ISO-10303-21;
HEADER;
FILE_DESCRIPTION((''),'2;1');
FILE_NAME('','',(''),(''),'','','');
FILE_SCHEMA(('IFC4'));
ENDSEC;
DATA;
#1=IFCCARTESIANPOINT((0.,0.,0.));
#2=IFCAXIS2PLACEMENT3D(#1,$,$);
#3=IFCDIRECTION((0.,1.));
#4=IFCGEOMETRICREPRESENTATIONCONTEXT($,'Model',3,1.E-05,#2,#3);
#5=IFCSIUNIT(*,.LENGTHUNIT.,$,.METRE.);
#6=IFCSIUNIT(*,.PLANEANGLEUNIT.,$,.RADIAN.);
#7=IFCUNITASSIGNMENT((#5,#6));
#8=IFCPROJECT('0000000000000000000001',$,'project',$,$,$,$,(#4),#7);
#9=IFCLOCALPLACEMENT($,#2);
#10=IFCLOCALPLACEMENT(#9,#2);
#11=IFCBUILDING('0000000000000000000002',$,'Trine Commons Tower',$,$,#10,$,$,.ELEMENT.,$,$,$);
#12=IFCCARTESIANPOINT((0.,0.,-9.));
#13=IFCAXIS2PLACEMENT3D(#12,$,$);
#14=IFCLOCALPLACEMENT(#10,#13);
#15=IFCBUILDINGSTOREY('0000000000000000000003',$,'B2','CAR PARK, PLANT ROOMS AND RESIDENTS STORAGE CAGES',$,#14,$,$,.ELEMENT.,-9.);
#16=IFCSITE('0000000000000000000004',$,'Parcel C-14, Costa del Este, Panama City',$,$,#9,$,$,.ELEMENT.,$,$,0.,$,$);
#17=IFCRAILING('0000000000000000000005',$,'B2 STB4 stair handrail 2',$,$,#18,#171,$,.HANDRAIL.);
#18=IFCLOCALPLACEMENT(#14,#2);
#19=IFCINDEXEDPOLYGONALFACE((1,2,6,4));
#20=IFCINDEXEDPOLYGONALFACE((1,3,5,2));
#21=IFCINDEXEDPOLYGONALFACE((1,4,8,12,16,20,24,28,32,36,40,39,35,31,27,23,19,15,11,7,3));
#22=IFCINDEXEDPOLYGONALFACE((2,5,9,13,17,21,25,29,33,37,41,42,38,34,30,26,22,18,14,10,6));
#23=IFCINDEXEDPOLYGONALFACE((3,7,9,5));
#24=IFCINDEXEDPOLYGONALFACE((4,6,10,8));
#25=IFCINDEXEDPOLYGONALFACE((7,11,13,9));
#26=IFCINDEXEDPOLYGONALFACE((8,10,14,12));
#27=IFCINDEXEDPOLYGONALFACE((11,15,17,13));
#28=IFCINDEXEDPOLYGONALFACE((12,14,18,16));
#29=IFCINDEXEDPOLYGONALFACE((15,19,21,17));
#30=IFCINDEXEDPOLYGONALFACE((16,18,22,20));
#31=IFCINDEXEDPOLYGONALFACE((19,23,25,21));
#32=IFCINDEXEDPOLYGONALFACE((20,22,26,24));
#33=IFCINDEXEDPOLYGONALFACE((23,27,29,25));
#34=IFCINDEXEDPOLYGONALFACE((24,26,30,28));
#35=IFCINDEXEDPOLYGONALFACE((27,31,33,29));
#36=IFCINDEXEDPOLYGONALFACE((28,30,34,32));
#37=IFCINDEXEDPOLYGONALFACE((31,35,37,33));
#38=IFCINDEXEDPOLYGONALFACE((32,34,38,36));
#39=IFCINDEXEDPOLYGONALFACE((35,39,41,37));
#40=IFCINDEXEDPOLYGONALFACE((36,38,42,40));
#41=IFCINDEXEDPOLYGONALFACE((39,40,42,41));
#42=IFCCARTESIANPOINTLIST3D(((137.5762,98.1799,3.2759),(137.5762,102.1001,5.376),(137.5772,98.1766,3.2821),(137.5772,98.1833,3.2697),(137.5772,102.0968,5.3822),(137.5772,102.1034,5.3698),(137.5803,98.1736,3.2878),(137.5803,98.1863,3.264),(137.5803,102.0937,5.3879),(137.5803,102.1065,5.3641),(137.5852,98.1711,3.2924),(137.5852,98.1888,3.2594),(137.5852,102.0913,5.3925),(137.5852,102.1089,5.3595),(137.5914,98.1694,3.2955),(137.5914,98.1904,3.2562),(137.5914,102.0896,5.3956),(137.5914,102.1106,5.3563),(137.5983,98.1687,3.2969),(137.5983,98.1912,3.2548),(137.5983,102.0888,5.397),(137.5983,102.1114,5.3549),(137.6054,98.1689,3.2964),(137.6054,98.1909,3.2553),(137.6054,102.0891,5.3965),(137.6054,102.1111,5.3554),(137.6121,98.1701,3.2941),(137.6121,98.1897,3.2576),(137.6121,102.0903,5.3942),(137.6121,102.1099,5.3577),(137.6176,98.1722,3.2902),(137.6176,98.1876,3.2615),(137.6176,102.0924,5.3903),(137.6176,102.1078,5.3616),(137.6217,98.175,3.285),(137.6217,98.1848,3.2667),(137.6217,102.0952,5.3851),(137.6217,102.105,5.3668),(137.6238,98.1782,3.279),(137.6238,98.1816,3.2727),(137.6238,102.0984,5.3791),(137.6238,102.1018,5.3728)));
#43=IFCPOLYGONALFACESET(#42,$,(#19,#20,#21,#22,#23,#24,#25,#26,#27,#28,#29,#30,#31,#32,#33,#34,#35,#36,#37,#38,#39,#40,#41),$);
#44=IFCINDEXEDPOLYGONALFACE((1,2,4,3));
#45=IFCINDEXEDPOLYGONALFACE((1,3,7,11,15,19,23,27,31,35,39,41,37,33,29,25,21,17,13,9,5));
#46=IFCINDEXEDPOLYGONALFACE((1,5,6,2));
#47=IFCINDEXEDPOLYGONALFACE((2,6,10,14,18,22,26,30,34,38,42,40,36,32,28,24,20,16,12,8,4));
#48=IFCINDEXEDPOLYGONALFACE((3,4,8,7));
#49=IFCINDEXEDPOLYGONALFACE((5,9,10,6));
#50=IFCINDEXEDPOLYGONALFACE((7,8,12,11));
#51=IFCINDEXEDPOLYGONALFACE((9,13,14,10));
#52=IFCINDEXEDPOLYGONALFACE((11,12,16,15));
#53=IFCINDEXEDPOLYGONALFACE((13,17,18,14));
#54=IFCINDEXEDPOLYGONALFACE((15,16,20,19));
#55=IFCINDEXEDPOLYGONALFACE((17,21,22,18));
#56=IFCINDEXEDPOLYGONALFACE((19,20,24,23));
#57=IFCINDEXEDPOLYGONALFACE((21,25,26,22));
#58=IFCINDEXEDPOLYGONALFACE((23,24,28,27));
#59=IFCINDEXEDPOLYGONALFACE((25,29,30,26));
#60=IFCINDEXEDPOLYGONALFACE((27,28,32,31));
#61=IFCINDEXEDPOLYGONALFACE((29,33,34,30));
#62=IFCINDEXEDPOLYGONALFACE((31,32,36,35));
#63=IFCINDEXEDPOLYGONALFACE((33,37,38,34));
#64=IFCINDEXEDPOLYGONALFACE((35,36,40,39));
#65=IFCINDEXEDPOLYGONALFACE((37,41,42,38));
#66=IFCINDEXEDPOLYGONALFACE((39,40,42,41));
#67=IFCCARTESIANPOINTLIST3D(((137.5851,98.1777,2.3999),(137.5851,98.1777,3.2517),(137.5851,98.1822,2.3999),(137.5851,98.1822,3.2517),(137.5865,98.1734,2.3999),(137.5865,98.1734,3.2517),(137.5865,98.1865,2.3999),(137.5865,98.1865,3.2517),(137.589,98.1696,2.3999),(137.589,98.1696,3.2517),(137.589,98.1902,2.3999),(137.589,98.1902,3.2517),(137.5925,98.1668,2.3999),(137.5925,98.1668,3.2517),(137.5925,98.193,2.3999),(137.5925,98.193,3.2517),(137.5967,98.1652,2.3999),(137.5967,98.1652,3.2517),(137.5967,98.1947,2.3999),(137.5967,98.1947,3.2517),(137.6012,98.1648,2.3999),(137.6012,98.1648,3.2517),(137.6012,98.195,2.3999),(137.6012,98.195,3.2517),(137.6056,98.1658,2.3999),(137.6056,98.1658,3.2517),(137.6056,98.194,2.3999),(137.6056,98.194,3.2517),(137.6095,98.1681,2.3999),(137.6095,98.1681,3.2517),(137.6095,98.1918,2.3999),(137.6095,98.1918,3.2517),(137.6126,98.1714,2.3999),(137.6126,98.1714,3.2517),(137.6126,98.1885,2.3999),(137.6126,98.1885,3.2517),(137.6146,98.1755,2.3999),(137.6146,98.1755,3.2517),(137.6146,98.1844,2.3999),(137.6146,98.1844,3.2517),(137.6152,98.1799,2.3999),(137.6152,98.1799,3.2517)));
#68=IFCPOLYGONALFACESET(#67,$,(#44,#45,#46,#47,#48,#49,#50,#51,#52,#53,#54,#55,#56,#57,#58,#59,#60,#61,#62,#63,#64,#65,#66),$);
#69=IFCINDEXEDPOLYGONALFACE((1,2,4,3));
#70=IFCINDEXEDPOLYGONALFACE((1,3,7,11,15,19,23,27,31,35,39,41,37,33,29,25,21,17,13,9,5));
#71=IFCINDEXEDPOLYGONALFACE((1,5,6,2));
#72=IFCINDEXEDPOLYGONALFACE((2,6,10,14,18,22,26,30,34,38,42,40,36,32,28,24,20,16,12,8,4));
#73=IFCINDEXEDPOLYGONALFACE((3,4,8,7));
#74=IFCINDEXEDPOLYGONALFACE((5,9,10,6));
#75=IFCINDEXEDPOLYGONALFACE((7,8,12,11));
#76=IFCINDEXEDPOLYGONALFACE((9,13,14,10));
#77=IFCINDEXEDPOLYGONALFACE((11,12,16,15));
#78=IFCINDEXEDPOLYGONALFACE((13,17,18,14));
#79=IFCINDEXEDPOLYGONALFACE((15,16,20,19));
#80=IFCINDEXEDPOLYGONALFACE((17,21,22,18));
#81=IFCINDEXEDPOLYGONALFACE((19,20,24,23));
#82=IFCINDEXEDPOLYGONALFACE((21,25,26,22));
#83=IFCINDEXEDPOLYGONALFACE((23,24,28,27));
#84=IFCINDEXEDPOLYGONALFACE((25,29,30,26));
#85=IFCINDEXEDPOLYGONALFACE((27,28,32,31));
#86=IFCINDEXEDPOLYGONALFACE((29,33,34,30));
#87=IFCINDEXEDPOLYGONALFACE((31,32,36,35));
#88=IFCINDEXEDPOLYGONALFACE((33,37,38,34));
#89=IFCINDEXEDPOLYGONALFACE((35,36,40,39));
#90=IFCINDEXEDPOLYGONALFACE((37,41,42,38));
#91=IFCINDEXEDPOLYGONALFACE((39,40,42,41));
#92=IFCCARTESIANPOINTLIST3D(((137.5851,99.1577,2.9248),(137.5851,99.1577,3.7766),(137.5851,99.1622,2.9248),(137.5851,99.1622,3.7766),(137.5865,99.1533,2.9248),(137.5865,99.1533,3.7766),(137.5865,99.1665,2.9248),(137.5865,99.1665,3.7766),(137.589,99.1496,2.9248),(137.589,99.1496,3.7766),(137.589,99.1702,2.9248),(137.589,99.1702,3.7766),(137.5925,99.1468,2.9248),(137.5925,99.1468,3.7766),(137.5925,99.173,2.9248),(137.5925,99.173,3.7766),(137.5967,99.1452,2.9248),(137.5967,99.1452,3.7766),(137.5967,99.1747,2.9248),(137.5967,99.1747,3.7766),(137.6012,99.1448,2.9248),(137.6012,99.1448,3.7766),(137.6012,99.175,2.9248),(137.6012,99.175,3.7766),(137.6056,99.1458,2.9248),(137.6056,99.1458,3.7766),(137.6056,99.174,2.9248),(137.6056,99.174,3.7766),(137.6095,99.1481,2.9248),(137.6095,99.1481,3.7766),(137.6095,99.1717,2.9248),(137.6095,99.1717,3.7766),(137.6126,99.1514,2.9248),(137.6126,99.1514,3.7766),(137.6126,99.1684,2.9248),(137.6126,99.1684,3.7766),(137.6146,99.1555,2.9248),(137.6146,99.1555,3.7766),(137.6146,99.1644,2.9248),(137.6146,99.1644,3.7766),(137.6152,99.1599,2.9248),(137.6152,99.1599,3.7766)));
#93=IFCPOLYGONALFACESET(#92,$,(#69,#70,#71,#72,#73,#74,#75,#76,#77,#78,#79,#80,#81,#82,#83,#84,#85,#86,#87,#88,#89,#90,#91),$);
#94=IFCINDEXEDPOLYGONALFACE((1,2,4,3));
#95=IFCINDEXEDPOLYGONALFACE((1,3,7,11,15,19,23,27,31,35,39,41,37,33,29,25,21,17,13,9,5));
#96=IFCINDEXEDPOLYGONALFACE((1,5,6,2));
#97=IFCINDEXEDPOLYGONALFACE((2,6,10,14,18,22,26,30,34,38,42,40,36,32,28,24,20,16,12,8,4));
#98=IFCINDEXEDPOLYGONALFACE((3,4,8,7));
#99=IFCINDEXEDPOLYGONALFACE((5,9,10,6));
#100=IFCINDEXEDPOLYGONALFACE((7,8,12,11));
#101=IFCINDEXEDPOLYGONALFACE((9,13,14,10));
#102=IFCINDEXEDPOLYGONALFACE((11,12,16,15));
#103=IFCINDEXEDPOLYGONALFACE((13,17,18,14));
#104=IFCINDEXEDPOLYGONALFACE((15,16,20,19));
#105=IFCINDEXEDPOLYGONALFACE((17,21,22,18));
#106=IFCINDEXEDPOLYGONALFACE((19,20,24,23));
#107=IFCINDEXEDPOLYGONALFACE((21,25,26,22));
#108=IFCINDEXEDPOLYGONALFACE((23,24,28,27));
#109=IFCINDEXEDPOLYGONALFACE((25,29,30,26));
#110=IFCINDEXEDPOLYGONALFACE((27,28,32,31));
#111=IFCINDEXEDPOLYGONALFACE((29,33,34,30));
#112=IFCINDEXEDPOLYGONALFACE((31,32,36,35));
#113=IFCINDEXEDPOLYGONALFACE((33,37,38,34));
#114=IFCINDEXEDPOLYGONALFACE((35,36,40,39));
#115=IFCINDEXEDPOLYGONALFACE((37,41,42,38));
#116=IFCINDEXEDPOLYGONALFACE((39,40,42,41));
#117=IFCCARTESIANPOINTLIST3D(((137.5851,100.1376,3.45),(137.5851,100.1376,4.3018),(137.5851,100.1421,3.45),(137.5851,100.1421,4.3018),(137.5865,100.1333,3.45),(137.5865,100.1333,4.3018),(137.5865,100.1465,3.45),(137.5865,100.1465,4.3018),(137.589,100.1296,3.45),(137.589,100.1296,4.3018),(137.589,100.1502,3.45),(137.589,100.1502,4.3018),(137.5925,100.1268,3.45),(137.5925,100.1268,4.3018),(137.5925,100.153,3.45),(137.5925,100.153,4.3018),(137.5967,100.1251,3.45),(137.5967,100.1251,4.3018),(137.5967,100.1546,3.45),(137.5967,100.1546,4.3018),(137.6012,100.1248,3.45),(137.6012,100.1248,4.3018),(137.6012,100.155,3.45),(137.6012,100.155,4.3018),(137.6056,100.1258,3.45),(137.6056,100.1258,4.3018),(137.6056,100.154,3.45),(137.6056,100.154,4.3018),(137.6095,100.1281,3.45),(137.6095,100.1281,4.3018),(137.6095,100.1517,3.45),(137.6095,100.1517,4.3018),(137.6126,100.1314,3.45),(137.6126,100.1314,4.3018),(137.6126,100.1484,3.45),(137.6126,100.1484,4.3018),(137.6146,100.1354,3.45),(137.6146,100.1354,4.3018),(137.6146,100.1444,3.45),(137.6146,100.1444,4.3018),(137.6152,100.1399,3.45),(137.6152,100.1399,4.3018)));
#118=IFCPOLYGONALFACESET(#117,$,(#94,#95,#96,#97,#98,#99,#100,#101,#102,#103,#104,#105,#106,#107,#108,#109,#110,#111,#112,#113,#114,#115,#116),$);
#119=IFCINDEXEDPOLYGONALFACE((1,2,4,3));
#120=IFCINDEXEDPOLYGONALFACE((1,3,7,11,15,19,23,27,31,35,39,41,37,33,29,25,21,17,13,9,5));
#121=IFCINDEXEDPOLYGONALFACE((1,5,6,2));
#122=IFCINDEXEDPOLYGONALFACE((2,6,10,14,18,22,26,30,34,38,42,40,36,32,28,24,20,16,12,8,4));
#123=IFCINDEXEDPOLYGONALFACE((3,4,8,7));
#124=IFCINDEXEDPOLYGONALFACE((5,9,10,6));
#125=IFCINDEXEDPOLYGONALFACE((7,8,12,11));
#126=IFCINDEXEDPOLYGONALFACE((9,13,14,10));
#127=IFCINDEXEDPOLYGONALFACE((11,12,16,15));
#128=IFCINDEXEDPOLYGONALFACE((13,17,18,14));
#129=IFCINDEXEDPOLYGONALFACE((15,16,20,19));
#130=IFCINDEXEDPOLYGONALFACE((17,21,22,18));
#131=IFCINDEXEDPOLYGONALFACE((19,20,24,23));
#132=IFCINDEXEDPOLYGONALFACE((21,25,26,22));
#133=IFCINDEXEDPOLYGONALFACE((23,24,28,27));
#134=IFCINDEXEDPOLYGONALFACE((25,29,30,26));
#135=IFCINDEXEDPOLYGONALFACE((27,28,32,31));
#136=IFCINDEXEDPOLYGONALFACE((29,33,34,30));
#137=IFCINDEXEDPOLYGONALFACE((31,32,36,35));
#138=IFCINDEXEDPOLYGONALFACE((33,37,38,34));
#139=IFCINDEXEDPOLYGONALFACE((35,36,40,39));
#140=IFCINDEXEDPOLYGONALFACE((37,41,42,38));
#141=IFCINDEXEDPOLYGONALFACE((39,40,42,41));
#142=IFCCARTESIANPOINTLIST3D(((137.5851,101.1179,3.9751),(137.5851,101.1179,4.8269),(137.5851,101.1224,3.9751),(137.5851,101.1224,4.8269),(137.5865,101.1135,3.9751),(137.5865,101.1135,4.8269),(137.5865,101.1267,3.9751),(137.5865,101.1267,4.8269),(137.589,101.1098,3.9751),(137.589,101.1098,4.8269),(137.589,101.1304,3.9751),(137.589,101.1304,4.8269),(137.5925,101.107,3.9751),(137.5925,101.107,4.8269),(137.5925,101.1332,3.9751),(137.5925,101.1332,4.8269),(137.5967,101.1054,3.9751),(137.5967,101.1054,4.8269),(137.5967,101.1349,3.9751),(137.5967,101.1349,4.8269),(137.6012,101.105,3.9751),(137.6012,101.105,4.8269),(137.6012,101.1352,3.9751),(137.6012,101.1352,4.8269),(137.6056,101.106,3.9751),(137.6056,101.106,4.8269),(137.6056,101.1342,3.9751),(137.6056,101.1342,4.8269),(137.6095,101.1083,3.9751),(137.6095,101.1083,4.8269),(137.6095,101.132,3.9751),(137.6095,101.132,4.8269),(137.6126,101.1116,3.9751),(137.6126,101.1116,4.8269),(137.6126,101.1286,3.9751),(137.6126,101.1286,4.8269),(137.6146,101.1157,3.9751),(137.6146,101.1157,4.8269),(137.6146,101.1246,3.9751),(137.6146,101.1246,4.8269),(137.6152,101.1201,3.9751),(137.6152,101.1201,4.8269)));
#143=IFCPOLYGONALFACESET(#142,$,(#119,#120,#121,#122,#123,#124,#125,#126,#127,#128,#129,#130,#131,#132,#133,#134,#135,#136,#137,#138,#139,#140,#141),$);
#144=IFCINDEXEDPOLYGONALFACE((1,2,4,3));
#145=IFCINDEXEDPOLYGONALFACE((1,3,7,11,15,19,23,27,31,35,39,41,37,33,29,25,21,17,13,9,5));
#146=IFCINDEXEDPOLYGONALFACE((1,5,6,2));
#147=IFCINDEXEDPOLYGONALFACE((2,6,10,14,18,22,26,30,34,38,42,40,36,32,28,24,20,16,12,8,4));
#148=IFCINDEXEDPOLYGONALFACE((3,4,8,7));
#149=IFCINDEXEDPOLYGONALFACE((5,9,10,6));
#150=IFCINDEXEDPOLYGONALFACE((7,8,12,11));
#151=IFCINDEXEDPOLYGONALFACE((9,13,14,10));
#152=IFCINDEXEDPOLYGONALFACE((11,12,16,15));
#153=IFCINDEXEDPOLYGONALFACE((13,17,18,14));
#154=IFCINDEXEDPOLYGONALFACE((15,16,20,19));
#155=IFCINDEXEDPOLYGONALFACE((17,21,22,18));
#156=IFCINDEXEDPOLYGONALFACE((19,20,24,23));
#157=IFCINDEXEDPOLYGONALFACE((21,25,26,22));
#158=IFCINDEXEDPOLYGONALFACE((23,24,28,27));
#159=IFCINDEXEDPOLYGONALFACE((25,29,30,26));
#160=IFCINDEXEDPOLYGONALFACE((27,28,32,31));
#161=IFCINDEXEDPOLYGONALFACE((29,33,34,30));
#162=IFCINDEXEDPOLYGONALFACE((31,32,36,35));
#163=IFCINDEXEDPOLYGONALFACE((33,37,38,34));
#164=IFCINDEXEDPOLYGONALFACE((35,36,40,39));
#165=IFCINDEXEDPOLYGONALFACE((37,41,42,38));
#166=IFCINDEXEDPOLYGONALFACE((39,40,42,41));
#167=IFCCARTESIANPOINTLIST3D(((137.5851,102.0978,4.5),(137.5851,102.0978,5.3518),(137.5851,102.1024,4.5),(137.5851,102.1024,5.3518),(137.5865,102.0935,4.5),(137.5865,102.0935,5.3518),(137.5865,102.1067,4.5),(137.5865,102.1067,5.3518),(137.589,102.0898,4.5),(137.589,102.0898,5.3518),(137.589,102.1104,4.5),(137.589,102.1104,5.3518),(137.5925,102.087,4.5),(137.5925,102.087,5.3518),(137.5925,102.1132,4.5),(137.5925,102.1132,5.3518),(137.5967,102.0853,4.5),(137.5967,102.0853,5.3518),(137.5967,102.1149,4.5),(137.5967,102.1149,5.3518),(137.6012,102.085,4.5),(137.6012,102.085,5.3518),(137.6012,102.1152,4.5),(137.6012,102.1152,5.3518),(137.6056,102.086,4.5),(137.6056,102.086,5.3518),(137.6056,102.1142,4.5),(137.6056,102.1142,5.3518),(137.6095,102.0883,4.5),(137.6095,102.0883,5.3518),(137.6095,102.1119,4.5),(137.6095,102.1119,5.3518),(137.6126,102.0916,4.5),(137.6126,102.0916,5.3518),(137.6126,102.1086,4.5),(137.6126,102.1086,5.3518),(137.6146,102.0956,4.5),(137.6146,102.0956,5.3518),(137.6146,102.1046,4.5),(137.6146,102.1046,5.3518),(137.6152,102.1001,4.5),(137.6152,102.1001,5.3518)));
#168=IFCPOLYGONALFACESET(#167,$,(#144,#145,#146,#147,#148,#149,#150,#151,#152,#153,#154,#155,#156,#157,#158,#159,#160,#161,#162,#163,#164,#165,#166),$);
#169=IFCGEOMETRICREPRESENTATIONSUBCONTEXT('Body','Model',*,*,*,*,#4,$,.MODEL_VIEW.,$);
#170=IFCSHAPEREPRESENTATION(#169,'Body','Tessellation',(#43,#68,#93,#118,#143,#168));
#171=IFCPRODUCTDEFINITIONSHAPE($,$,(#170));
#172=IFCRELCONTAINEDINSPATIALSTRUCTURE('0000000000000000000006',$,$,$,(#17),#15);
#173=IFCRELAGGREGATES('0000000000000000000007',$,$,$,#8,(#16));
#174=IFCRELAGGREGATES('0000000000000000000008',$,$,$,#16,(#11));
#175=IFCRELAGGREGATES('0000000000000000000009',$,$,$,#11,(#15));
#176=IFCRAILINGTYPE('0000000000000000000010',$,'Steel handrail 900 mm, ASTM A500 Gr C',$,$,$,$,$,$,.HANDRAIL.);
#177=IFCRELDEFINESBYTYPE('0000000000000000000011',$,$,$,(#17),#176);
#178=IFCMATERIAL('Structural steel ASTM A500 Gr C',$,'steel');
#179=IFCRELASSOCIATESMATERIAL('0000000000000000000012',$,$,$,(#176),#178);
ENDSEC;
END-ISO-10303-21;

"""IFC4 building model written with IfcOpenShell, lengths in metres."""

from ifc_helpers import new_model, si_unit, direction, frame, origin, origin_2d, place, context, subcontext, project, spatial, circle, extrude, material, type_object, element, save


model = new_model("IFC4")

# Units and contexts
model_context = context("Model", 3, precision=1e-05, world=origin(), true_north=direction((0.0, 1.0)))
body_context = subcontext(model_context, "Body", "Model", "MODEL_VIEW")
ifc_project = project(units=[si_unit("LENGTHUNIT", "METRE"), si_unit("PLANEANGLEUNIT", "RADIAN")], contexts=[model_context])

# Site, building, storey
site_placement = place(None, origin())
site = spatial("IfcSite", under=ifc_project, at=site_placement, Name="Parcel C-14, Costa del Este, Panama City", CompositionType="ELEMENT", RefElevation=0.0)
building_placement = place(site_placement, origin())
building = spatial("IfcBuilding", under=site, at=building_placement, Name="Trine Commons Tower", CompositionType="ELEMENT")
storey_placement = place(building_placement, frame((0.0, 0.0, -9.0)))
storey = spatial("IfcBuildingStorey", under=building, at=storey_placement, Name="B2", Description="CAR PARK, PLANT ROOMS AND RESIDENTS STORAGE CAGES", CompositionType="ELEMENT", Elevation=-9.0)

# Railing
ifc_material_1 = material(Name="Structural steel ASTM A500 Gr C", Category="steel")
railing_type_1 = type_object("IfcRailingType", Name="Steel handrail 900 mm, ASTM A500 Gr C", PredefinedType="HANDRAIL", material=ifc_material_1)
railing_1_placement = place(storey_placement, frame((137.6001, 98.1799, 2.3999)))
element("IfcRailing", 1, at=railing_1_placement, inside=storey, type_object=railing_type_1, Name="B2 STB4 stair handrail 2", PredefinedType="HANDRAIL", context=body_context, shape_type="SweptSolid", body=[
    extrude(circle(Radius=0.0239, at=origin_2d()), frame((0.0, 0.0, 0.876), z_axis=(0.0, 0.881479, 0.472223), x_axis=(-1.0, 0.0, 0.0)), (0.0, 0.0, 1.0), 4.4473),
    extrude(circle(Radius=0.0151, at=origin_2d()), origin(), (0.0, 0.0, 1.0), 0.8518),
    extrude(circle(Radius=0.0151, at=origin_2d()), frame((0.0, 0.98, 0.5249)), (0.0, 0.0, 1.0), 0.8518),
    extrude(circle(Radius=0.0151, at=origin_2d()), frame((0.0, 1.96, 1.05)), (0.0, 0.0, 1.0), 0.8518),
    extrude(circle(Radius=0.0151, at=origin_2d()), frame((0.0, 2.9402, 1.5752)), (0.0, 0.0, 1.0), 0.8518),
    extrude(circle(Radius=0.0151, at=origin_2d()), frame((0.0, 3.9202, 2.1001)), (0.0, 0.0, 1.0), 0.8518),
])

save(model, "model.ifc")
